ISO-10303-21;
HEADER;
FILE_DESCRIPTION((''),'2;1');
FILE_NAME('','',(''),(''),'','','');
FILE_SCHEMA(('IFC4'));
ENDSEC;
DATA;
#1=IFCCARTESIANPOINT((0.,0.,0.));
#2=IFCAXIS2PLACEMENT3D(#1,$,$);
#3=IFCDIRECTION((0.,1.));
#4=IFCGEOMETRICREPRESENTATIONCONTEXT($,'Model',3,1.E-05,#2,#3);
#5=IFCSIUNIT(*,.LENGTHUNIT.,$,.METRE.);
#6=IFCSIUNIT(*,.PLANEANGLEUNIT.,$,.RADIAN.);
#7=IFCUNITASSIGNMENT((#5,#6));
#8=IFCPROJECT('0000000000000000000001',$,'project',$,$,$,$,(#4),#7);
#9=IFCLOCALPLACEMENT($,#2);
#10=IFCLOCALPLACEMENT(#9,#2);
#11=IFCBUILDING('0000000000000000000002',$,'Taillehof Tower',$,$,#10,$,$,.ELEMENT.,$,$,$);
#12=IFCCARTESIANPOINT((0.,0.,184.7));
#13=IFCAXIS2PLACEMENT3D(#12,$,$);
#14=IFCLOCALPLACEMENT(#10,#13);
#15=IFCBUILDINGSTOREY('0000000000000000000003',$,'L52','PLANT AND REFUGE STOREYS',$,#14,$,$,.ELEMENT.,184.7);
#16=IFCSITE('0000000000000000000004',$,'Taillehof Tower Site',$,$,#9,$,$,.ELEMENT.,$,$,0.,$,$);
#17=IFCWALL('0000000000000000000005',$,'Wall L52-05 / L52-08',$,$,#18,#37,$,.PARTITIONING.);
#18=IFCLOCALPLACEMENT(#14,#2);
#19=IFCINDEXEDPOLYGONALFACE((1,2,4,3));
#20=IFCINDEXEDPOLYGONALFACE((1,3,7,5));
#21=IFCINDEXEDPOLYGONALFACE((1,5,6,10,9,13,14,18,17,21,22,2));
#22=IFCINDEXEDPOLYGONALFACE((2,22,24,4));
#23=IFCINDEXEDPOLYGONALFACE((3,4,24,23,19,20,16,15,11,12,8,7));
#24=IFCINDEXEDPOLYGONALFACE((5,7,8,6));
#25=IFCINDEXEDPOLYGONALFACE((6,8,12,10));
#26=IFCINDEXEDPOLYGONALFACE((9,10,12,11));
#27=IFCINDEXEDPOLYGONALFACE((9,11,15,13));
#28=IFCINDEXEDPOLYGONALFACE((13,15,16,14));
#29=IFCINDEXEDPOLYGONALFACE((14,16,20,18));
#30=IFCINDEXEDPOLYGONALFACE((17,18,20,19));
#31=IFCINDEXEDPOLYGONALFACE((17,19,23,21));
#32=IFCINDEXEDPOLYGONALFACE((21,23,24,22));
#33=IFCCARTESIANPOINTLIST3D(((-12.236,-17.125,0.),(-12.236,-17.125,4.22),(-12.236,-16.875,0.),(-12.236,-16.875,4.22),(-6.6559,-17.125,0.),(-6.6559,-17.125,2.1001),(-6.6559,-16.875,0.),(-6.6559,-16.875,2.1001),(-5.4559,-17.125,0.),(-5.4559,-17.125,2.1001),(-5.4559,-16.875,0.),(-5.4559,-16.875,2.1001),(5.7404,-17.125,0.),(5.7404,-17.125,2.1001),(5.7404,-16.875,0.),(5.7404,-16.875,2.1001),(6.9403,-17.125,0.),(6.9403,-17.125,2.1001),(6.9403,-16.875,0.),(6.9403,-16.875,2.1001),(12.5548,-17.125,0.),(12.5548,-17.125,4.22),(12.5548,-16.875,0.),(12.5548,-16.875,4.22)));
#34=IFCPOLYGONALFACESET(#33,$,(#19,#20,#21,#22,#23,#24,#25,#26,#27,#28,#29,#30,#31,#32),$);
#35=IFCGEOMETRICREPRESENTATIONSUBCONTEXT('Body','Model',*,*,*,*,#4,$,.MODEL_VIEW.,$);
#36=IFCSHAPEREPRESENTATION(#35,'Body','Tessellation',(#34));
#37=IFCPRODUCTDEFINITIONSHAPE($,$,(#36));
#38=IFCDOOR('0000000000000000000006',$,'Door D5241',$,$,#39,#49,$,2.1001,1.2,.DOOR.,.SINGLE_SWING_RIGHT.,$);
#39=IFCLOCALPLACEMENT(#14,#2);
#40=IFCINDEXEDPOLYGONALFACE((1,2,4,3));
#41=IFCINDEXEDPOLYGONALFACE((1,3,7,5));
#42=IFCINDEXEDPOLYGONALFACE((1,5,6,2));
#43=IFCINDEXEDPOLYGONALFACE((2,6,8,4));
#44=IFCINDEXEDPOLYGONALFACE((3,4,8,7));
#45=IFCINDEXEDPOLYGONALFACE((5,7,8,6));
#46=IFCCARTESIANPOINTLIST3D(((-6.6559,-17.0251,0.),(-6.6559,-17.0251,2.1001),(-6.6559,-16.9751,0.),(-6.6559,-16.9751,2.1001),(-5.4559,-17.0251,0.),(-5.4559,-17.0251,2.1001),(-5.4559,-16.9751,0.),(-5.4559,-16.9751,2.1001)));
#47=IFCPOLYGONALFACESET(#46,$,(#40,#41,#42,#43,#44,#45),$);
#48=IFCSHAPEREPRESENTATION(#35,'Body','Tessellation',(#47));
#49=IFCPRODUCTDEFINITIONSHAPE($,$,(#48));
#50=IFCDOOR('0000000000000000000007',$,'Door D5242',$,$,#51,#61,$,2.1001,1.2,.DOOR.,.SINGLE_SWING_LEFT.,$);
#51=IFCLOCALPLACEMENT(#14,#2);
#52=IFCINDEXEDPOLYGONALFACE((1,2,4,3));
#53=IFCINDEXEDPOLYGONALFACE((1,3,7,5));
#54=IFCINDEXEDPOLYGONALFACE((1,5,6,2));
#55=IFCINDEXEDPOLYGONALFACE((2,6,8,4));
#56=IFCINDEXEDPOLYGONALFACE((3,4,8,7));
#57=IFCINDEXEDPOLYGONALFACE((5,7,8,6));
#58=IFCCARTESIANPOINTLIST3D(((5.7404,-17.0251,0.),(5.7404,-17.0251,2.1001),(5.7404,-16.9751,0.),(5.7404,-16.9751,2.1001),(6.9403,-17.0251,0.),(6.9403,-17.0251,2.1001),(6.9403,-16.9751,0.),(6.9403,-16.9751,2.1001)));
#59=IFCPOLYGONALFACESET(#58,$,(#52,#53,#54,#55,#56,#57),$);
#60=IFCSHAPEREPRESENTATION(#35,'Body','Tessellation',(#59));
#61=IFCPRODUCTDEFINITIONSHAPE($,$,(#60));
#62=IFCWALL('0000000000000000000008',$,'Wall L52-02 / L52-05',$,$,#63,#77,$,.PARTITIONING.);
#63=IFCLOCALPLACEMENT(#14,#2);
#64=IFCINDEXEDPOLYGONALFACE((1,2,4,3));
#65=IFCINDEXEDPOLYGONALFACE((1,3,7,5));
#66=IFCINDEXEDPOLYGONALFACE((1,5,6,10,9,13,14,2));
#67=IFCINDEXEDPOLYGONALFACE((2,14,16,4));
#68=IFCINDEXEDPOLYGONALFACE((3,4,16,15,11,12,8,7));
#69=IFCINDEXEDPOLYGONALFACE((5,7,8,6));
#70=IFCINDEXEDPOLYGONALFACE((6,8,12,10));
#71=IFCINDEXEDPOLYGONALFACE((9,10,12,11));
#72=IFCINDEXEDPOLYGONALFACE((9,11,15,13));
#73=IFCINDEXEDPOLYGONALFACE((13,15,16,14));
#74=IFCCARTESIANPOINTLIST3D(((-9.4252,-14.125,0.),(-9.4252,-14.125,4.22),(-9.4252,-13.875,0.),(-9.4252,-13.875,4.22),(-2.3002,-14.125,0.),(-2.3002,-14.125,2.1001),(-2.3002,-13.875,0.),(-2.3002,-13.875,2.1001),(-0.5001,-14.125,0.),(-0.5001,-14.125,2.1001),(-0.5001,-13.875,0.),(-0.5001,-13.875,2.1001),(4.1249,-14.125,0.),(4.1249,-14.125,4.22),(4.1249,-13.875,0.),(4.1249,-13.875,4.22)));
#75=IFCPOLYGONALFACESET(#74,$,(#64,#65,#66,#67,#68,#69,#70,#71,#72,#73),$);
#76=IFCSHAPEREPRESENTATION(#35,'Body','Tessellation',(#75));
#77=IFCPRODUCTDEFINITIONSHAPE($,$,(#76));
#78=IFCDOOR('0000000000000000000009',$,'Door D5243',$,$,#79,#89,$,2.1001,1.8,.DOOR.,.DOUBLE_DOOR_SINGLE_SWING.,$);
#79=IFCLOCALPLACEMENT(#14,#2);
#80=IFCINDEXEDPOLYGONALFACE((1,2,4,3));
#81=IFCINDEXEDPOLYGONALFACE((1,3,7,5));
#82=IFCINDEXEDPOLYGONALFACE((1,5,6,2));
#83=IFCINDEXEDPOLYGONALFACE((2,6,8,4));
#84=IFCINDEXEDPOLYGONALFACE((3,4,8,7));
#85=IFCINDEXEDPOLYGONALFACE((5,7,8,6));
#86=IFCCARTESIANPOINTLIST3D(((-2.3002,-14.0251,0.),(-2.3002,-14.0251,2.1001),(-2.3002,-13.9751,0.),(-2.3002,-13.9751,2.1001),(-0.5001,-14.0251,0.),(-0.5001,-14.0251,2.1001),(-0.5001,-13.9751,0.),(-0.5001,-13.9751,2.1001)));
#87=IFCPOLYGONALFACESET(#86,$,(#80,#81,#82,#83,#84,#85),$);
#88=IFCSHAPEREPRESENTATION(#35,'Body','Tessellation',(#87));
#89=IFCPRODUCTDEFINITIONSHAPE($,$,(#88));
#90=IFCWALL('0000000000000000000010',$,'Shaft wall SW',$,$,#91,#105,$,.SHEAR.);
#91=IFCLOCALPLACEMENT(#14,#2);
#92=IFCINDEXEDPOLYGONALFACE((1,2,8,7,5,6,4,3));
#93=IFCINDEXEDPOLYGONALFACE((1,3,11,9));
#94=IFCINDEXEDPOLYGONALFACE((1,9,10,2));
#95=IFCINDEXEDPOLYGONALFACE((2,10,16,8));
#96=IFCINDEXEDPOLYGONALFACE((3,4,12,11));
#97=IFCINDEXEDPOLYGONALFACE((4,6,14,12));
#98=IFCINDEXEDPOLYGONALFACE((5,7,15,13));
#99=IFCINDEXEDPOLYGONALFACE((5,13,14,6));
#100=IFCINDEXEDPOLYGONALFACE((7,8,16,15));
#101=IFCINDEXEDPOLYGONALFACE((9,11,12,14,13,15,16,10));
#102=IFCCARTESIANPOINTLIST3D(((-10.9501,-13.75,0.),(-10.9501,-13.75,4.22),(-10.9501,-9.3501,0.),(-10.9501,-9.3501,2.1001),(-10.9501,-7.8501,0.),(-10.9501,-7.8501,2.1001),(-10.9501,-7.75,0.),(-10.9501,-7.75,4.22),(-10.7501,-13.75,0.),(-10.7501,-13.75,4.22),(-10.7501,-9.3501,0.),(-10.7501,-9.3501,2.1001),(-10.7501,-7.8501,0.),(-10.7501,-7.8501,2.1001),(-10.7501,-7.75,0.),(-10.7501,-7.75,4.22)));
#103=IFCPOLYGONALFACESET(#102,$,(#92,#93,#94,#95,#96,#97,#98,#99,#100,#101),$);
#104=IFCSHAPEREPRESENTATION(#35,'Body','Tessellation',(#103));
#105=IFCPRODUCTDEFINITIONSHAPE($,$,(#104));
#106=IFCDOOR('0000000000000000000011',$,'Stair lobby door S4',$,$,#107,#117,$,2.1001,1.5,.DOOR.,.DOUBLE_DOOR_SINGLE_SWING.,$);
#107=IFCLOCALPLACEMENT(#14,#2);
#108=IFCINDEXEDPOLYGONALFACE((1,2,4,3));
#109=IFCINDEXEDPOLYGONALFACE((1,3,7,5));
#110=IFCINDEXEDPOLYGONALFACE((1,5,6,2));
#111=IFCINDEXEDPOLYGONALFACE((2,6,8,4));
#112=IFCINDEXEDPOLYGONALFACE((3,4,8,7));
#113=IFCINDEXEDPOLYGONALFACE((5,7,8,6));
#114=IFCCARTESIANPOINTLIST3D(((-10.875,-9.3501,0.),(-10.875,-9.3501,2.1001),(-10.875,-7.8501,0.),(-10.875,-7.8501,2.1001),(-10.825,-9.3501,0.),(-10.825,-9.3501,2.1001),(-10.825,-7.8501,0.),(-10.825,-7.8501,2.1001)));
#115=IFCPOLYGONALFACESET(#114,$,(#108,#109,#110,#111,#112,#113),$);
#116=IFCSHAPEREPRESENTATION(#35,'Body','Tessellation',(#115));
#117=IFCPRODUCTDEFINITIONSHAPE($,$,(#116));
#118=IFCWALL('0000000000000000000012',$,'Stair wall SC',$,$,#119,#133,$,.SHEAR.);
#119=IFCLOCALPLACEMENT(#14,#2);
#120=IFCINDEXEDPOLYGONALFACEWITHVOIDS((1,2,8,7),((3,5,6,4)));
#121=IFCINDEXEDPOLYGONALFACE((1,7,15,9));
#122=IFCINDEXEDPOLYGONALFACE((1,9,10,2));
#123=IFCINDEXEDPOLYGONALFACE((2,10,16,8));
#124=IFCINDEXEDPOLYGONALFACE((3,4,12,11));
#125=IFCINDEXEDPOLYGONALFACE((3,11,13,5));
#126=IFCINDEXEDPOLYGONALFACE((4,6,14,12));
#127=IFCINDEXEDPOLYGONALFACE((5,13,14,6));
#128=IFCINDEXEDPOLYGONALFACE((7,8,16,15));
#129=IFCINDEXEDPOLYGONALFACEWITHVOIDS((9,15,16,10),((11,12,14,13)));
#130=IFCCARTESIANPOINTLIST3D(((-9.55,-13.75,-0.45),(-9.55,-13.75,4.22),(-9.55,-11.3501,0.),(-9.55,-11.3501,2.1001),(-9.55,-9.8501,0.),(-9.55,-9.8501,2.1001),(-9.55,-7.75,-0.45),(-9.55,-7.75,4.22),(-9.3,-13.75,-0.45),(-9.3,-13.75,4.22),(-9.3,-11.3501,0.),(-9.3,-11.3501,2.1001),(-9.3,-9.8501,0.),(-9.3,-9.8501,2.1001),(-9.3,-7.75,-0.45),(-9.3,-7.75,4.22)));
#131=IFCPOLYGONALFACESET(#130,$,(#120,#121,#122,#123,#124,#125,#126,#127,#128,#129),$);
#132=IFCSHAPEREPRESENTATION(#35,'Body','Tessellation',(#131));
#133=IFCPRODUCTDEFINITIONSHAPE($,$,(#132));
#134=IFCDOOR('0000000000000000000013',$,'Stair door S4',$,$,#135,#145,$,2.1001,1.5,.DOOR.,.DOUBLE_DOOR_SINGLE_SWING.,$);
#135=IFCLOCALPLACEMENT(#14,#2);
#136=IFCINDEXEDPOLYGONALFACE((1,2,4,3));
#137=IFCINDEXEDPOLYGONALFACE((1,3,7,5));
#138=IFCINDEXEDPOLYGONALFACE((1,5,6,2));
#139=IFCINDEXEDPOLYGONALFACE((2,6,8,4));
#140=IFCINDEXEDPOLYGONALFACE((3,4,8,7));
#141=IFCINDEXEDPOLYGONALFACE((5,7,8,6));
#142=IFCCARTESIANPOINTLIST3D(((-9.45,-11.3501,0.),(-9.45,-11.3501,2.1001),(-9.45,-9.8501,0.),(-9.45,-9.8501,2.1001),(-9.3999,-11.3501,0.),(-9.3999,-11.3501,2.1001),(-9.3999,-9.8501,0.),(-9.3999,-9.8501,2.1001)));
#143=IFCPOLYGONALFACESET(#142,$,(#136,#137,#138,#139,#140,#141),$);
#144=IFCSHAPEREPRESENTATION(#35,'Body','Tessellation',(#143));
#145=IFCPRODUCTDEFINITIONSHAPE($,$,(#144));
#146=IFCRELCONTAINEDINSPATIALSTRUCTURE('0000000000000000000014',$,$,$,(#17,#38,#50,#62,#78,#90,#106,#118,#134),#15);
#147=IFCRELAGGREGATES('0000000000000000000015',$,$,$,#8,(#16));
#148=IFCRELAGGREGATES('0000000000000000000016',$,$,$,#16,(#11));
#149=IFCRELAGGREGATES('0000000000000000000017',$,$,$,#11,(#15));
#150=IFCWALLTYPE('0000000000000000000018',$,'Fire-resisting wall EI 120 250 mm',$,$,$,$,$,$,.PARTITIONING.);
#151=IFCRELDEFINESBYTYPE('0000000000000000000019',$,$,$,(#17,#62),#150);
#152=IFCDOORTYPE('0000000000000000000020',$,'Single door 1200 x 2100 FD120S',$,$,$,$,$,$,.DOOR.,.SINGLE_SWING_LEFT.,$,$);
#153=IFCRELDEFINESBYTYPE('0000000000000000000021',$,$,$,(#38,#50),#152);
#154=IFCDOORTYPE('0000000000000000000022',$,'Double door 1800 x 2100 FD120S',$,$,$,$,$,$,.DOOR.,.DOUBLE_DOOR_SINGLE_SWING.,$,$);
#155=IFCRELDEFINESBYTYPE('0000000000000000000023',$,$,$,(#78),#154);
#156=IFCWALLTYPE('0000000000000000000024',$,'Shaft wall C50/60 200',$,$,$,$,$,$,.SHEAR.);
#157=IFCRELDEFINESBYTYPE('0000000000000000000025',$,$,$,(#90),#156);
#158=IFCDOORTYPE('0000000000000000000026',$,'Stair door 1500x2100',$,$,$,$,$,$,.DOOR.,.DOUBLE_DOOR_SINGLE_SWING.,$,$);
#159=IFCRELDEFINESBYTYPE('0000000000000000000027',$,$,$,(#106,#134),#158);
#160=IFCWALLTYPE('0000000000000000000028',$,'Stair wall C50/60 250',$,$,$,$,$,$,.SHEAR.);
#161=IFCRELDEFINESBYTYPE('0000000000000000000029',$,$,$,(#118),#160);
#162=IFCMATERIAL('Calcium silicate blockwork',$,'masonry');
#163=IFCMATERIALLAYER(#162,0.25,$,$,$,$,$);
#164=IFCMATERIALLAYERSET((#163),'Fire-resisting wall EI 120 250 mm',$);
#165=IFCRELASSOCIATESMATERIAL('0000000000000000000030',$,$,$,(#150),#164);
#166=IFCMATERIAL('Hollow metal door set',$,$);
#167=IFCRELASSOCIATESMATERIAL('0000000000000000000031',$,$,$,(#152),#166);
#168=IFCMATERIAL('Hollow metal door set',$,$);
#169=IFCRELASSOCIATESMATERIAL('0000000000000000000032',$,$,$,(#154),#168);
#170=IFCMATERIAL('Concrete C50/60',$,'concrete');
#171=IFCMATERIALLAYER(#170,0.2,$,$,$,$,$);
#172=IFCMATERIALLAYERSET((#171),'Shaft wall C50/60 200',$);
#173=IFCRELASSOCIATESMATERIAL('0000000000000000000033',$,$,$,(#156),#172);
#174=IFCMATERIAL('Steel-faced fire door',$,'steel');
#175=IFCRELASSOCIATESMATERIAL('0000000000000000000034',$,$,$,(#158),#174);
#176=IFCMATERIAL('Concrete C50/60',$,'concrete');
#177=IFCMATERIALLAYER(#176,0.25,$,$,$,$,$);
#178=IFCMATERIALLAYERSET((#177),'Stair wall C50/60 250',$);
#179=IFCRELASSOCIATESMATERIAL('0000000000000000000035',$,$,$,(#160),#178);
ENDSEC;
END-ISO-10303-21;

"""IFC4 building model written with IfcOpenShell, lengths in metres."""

from ifc_helpers import new_model, si_unit, direction, frame, frame_2d, origin, place, context, subcontext, project, spatial, rectangle, extrude, material, layer, layer_set, type_object, element, fill, save


model = new_model("IFC4")

# Units and contexts
model_context = context("Model", 3, precision=1e-05, world=origin(), true_north=direction((0.0, 1.0)))
body_context = subcontext(model_context, "Body", "Model", "MODEL_VIEW")
ifc_project = project(units=[si_unit("LENGTHUNIT", "METRE"), si_unit("PLANEANGLEUNIT", "RADIAN")], contexts=[model_context])

# Site, building, storey
site_placement = place(None, origin())
site = spatial("IfcSite", under=ifc_project, at=site_placement, Name="Taillehof Tower Site", CompositionType="ELEMENT", RefElevation=0.0)
building_placement = place(site_placement, origin())
building = spatial("IfcBuilding", under=site, at=building_placement, Name="Taillehof Tower", CompositionType="ELEMENT")
storey_placement = place(building_placement, frame((0.0, 0.0, 184.7)))
storey = spatial("IfcBuildingStorey", under=building, at=storey_placement, Name="L52", Description="PLANT AND REFUGE STOREYS", CompositionType="ELEMENT", Elevation=184.7)

# Shared definitions
ifc_material_1 = material(Name="Calcium silicate blockwork", Category="masonry")
ifc_layer_1 = layer(ifc_material_1, 0.25)
ifc_layer_set_1 = layer_set([ifc_layer_1], Name="Fire-resisting wall EI 120 250 mm")
wall_type_1 = type_object("IfcWallType", Name="Fire-resisting wall EI 120 250 mm", PredefinedType="PARTITIONING", material=ifc_layer_set_1)

# Wall, openings, doors
wall_1_placement = place(storey_placement, frame((-12.2361, -17.0, 0.0), z_axis=(0.0, 0.0, 1.0), x_axis=(1.0, 0.0, 0.0)))
wall_1 = element("IfcWall", 1, at=wall_1_placement, inside=storey, type_object=wall_type_1, Name="Wall L52-05 / L52-08", PredefinedType="PARTITIONING", context=body_context, shape_type="SweptSolid", body=[
    extrude(rectangle(XDim=24.7908, YDim=0.25, at=frame_2d((12.3955, 0.0))), origin(), (0.0, 0.0, 1.0), 4.22),
])
opening_1_placement = place(wall_1_placement, frame((5.5801, 0.0, 0.0)))
opening_1 = element("IfcOpeningElement", 2, at=opening_1_placement, cuts=wall_1, PredefinedType="OPENING", context=body_context, shape_type="SweptSolid", body=[
    extrude(rectangle(XDim=1.2, YDim=2.1001, at=frame_2d((0.6001, 1.05))), frame((0.0, 0.135, 0.0), z_axis=(0.0, -1.0, 0.0), x_axis=(1.0, 0.0, 0.0)), (0.0, 0.0, 1.0), 0.27),
])
opening_2_placement = place(wall_1_placement, frame((17.9763, 0.0, 0.0)))
opening_2 = element("IfcOpeningElement", 3, at=opening_2_placement, cuts=wall_1, PredefinedType="OPENING", context=body_context, shape_type="SweptSolid", body=[
    extrude(rectangle(XDim=1.2, YDim=2.1001, at=frame_2d((0.6001, 1.05))), frame((0.0, 0.135, 0.0), z_axis=(0.0, -1.0, 0.0), x_axis=(1.0, 0.0, 0.0)), (0.0, 0.0, 1.0), 0.27),
])
ifc_material_2 = material(Name="Hollow metal door set")
door_type_1 = type_object("IfcDoorType", Name="Single door 1200 x 2100 FD120S", OperationType="SINGLE_SWING_LEFT", PredefinedType="DOOR", material=ifc_material_2)
door_1_placement = place(opening_1_placement, origin())
door_1 = element("IfcDoor", 4, at=door_1_placement, inside=storey, type_object=door_type_1, Name="Door D5241", OperationType="SINGLE_SWING_RIGHT", OverallHeight=2.1001, OverallWidth=1.2, PredefinedType="DOOR", context=body_context, shape_type="SweptSolid", body=[
    extrude(rectangle(XDim=1.2, YDim=2.1001, at=frame_2d((0.6001, 1.05))), frame((0.0, 0.0249, 0.0), z_axis=(0.0, -1.0, 0.0), x_axis=(1.0, 0.0, 0.0)), (0.0, 0.0, 1.0), 0.05),
])
fill(opening_1, door_1)
door_2_placement = place(opening_2_placement, origin())
door_2 = element("IfcDoor", 5, at=door_2_placement, inside=storey, type_object=door_type_1, Name="Door D5242", OperationType="SINGLE_SWING_LEFT", OverallHeight=2.1001, OverallWidth=1.2, PredefinedType="DOOR", context=body_context, shape_type="SweptSolid", body=[
    extrude(rectangle(XDim=1.2, YDim=2.1001, at=frame_2d((0.6001, 1.05))), frame((0.0, 0.0249, 0.0), z_axis=(0.0, -1.0, 0.0), x_axis=(1.0, 0.0, 0.0)), (0.0, 0.0, 1.0), 0.05),
])
fill(opening_2, door_2)

# Walls, openings, doors
wall_2_placement = place(storey_placement, frame((-9.425, -14.0, 0.0), z_axis=(0.0, 0.0, 1.0), x_axis=(1.0, 0.0, 0.0)))
wall_2 = element("IfcWall", 6, at=wall_2_placement, inside=storey, type_object=wall_type_1, Name="Wall L52-02 / L52-05", PredefinedType="PARTITIONING", context=body_context, shape_type="SweptSolid", body=[
    extrude(rectangle(XDim=13.55, YDim=0.25, at=frame_2d((6.7749, 0.0))), origin(), (0.0, 0.0, 1.0), 4.22),
])
opening_3_placement = place(wall_2_placement, frame((7.125, 0.0, 0.0)))
opening_3 = element("IfcOpeningElement", 7, at=opening_3_placement, cuts=wall_2, PredefinedType="OPENING", context=body_context, shape_type="SweptSolid", body=[
    extrude(rectangle(XDim=1.8, YDim=2.1001, at=frame_2d((0.8999, 1.05))), frame((0.0, 0.135, 0.0), z_axis=(0.0, -1.0, 0.0), x_axis=(1.0, 0.0, 0.0)), (0.0, 0.0, 1.0), 0.27),
])
ifc_material_3 = material(Name="Hollow metal door set")
door_type_2 = type_object("IfcDoorType", Name="Double door 1800 x 2100 FD120S", OperationType="DOUBLE_DOOR_SINGLE_SWING", PredefinedType="DOOR", material=ifc_material_3)
door_3_placement = place(opening_3_placement, origin())
door_3 = element("IfcDoor", 8, at=door_3_placement, inside=storey, type_object=door_type_2, Name="Door D5243", OperationType="DOUBLE_DOOR_SINGLE_SWING", OverallHeight=2.1001, OverallWidth=1.8, PredefinedType="DOOR", context=body_context, shape_type="SweptSolid", body=[
    extrude(rectangle(XDim=1.8, YDim=2.1001, at=frame_2d((0.8999, 1.05))), frame((0.0, 0.0249, 0.0), z_axis=(0.0, -1.0, 0.0), x_axis=(1.0, 0.0, 0.0)), (0.0, 0.0, 1.0), 0.05),
])
fill(opening_3, door_3)
ifc_material_4 = material(Name="Concrete C50/60", Category="concrete")
ifc_layer_2 = layer(ifc_material_4, 0.2)
ifc_layer_set_2 = layer_set([ifc_layer_2], Name="Shaft wall C50/60 200")
wall_type_2 = type_object("IfcWallType", Name="Shaft wall C50/60 200", PredefinedType="SHEAR", material=ifc_layer_set_2)
wall_3_placement = place(storey_placement, frame((-10.8501, -13.75, 0.0), z_axis=(0.0, 0.0, 1.0), x_axis=(0.0, 1.0, 0.0)))
wall_3 = element("IfcWall", 9, at=wall_3_placement, inside=storey, type_object=wall_type_2, Name="Shaft wall SW", PredefinedType="SHEAR", context=body_context, shape_type="SweptSolid", body=[
    extrude(rectangle(XDim=6.0, YDim=0.2, at=frame_2d((3.0, 0.0))), origin(), (0.0, 0.0, 1.0), 4.22),
])
opening_4_placement = place(wall_3_placement, frame((4.3999, 0.0, 0.0)))
opening_4 = element("IfcOpeningElement", 10, at=opening_4_placement, cuts=wall_3, PredefinedType="OPENING", context=body_context, shape_type="SweptSolid", body=[
    extrude(rectangle(XDim=1.5, YDim=2.1001, at=frame_2d((0.75, 1.05))), frame((0.0, 0.1099, 0.0), z_axis=(0.0, -1.0, 0.0), x_axis=(1.0, 0.0, 0.0)), (0.0, 0.0, 1.0), 0.22),
])
ifc_material_5 = material(Name="Steel-faced fire door", Category="steel")
door_type_3 = type_object("IfcDoorType", Name="Stair door 1500x2100", OperationType="DOUBLE_DOOR_SINGLE_SWING", PredefinedType="DOOR", material=ifc_material_5)
door_4_placement = place(opening_4_placement, origin())
door_4 = element("IfcDoor", 11, at=door_4_placement, inside=storey, type_object=door_type_3, Name="Stair lobby door S4", OperationType="DOUBLE_DOOR_SINGLE_SWING", OverallHeight=2.1001, OverallWidth=1.5, PredefinedType="DOOR", context=body_context, shape_type="SweptSolid", body=[
    extrude(rectangle(XDim=1.5, YDim=2.1001, at=frame_2d((0.75, 1.05))), frame((0.0, 0.0249, 0.0), z_axis=(0.0, -1.0, 0.0), x_axis=(1.0, 0.0, 0.0)), (0.0, 0.0, 1.0), 0.05),
])
fill(opening_4, door_4)
ifc_material_6 = material(Name="Concrete C50/60", Category="concrete")
ifc_layer_3 = layer(ifc_material_6, 0.25)
ifc_layer_set_3 = layer_set([ifc_layer_3], Name="Stair wall C50/60 250")
wall_type_3 = type_object("IfcWallType", Name="Stair wall C50/60 250", PredefinedType="SHEAR", material=ifc_layer_set_3)
wall_4_placement = place(storey_placement, frame((-9.425, -13.75, -0.45), z_axis=(0.0, 0.0, 1.0), x_axis=(0.0, 1.0, 0.0)))
wall_4 = element("IfcWall", 12, at=wall_4_placement, inside=storey, type_object=wall_type_3, Name="Stair wall SC", PredefinedType="SHEAR", context=body_context, shape_type="SweptSolid", body=[
    extrude(rectangle(XDim=6.0, YDim=0.25, at=frame_2d((3.0, 0.0))), origin(), (0.0, 0.0, 1.0), 4.6699),
])
opening_5_placement = place(wall_4_placement, frame((2.3999, 0.0, 0.45)))
opening_5 = element("IfcOpeningElement", 13, at=opening_5_placement, cuts=wall_4, PredefinedType="OPENING", context=body_context, shape_type="SweptSolid", body=[
    extrude(rectangle(XDim=1.5, YDim=2.1001, at=frame_2d((0.75, 1.05))), frame((0.0, 0.135, 0.0), z_axis=(0.0, -1.0, 0.0), x_axis=(1.0, 0.0, 0.0)), (0.0, 0.0, 1.0), 0.27),
])
door_5_placement = place(opening_5_placement, origin())
door_5 = element("IfcDoor", 14, at=door_5_placement, inside=storey, type_object=door_type_3, Name="Stair door S4", OperationType="DOUBLE_DOOR_SINGLE_SWING", OverallHeight=2.1001, OverallWidth=1.5, PredefinedType="DOOR", context=body_context, shape_type="SweptSolid", body=[
    extrude(rectangle(XDim=1.5, YDim=2.1001, at=frame_2d((0.75, 1.05))), frame((0.0, 0.0249, 0.0), z_axis=(0.0, -1.0, 0.0), x_axis=(1.0, 0.0, 0.0)), (0.0, 0.0, 1.0), 0.05),
])
fill(opening_5, door_5)

save(model, "model.ifc")
